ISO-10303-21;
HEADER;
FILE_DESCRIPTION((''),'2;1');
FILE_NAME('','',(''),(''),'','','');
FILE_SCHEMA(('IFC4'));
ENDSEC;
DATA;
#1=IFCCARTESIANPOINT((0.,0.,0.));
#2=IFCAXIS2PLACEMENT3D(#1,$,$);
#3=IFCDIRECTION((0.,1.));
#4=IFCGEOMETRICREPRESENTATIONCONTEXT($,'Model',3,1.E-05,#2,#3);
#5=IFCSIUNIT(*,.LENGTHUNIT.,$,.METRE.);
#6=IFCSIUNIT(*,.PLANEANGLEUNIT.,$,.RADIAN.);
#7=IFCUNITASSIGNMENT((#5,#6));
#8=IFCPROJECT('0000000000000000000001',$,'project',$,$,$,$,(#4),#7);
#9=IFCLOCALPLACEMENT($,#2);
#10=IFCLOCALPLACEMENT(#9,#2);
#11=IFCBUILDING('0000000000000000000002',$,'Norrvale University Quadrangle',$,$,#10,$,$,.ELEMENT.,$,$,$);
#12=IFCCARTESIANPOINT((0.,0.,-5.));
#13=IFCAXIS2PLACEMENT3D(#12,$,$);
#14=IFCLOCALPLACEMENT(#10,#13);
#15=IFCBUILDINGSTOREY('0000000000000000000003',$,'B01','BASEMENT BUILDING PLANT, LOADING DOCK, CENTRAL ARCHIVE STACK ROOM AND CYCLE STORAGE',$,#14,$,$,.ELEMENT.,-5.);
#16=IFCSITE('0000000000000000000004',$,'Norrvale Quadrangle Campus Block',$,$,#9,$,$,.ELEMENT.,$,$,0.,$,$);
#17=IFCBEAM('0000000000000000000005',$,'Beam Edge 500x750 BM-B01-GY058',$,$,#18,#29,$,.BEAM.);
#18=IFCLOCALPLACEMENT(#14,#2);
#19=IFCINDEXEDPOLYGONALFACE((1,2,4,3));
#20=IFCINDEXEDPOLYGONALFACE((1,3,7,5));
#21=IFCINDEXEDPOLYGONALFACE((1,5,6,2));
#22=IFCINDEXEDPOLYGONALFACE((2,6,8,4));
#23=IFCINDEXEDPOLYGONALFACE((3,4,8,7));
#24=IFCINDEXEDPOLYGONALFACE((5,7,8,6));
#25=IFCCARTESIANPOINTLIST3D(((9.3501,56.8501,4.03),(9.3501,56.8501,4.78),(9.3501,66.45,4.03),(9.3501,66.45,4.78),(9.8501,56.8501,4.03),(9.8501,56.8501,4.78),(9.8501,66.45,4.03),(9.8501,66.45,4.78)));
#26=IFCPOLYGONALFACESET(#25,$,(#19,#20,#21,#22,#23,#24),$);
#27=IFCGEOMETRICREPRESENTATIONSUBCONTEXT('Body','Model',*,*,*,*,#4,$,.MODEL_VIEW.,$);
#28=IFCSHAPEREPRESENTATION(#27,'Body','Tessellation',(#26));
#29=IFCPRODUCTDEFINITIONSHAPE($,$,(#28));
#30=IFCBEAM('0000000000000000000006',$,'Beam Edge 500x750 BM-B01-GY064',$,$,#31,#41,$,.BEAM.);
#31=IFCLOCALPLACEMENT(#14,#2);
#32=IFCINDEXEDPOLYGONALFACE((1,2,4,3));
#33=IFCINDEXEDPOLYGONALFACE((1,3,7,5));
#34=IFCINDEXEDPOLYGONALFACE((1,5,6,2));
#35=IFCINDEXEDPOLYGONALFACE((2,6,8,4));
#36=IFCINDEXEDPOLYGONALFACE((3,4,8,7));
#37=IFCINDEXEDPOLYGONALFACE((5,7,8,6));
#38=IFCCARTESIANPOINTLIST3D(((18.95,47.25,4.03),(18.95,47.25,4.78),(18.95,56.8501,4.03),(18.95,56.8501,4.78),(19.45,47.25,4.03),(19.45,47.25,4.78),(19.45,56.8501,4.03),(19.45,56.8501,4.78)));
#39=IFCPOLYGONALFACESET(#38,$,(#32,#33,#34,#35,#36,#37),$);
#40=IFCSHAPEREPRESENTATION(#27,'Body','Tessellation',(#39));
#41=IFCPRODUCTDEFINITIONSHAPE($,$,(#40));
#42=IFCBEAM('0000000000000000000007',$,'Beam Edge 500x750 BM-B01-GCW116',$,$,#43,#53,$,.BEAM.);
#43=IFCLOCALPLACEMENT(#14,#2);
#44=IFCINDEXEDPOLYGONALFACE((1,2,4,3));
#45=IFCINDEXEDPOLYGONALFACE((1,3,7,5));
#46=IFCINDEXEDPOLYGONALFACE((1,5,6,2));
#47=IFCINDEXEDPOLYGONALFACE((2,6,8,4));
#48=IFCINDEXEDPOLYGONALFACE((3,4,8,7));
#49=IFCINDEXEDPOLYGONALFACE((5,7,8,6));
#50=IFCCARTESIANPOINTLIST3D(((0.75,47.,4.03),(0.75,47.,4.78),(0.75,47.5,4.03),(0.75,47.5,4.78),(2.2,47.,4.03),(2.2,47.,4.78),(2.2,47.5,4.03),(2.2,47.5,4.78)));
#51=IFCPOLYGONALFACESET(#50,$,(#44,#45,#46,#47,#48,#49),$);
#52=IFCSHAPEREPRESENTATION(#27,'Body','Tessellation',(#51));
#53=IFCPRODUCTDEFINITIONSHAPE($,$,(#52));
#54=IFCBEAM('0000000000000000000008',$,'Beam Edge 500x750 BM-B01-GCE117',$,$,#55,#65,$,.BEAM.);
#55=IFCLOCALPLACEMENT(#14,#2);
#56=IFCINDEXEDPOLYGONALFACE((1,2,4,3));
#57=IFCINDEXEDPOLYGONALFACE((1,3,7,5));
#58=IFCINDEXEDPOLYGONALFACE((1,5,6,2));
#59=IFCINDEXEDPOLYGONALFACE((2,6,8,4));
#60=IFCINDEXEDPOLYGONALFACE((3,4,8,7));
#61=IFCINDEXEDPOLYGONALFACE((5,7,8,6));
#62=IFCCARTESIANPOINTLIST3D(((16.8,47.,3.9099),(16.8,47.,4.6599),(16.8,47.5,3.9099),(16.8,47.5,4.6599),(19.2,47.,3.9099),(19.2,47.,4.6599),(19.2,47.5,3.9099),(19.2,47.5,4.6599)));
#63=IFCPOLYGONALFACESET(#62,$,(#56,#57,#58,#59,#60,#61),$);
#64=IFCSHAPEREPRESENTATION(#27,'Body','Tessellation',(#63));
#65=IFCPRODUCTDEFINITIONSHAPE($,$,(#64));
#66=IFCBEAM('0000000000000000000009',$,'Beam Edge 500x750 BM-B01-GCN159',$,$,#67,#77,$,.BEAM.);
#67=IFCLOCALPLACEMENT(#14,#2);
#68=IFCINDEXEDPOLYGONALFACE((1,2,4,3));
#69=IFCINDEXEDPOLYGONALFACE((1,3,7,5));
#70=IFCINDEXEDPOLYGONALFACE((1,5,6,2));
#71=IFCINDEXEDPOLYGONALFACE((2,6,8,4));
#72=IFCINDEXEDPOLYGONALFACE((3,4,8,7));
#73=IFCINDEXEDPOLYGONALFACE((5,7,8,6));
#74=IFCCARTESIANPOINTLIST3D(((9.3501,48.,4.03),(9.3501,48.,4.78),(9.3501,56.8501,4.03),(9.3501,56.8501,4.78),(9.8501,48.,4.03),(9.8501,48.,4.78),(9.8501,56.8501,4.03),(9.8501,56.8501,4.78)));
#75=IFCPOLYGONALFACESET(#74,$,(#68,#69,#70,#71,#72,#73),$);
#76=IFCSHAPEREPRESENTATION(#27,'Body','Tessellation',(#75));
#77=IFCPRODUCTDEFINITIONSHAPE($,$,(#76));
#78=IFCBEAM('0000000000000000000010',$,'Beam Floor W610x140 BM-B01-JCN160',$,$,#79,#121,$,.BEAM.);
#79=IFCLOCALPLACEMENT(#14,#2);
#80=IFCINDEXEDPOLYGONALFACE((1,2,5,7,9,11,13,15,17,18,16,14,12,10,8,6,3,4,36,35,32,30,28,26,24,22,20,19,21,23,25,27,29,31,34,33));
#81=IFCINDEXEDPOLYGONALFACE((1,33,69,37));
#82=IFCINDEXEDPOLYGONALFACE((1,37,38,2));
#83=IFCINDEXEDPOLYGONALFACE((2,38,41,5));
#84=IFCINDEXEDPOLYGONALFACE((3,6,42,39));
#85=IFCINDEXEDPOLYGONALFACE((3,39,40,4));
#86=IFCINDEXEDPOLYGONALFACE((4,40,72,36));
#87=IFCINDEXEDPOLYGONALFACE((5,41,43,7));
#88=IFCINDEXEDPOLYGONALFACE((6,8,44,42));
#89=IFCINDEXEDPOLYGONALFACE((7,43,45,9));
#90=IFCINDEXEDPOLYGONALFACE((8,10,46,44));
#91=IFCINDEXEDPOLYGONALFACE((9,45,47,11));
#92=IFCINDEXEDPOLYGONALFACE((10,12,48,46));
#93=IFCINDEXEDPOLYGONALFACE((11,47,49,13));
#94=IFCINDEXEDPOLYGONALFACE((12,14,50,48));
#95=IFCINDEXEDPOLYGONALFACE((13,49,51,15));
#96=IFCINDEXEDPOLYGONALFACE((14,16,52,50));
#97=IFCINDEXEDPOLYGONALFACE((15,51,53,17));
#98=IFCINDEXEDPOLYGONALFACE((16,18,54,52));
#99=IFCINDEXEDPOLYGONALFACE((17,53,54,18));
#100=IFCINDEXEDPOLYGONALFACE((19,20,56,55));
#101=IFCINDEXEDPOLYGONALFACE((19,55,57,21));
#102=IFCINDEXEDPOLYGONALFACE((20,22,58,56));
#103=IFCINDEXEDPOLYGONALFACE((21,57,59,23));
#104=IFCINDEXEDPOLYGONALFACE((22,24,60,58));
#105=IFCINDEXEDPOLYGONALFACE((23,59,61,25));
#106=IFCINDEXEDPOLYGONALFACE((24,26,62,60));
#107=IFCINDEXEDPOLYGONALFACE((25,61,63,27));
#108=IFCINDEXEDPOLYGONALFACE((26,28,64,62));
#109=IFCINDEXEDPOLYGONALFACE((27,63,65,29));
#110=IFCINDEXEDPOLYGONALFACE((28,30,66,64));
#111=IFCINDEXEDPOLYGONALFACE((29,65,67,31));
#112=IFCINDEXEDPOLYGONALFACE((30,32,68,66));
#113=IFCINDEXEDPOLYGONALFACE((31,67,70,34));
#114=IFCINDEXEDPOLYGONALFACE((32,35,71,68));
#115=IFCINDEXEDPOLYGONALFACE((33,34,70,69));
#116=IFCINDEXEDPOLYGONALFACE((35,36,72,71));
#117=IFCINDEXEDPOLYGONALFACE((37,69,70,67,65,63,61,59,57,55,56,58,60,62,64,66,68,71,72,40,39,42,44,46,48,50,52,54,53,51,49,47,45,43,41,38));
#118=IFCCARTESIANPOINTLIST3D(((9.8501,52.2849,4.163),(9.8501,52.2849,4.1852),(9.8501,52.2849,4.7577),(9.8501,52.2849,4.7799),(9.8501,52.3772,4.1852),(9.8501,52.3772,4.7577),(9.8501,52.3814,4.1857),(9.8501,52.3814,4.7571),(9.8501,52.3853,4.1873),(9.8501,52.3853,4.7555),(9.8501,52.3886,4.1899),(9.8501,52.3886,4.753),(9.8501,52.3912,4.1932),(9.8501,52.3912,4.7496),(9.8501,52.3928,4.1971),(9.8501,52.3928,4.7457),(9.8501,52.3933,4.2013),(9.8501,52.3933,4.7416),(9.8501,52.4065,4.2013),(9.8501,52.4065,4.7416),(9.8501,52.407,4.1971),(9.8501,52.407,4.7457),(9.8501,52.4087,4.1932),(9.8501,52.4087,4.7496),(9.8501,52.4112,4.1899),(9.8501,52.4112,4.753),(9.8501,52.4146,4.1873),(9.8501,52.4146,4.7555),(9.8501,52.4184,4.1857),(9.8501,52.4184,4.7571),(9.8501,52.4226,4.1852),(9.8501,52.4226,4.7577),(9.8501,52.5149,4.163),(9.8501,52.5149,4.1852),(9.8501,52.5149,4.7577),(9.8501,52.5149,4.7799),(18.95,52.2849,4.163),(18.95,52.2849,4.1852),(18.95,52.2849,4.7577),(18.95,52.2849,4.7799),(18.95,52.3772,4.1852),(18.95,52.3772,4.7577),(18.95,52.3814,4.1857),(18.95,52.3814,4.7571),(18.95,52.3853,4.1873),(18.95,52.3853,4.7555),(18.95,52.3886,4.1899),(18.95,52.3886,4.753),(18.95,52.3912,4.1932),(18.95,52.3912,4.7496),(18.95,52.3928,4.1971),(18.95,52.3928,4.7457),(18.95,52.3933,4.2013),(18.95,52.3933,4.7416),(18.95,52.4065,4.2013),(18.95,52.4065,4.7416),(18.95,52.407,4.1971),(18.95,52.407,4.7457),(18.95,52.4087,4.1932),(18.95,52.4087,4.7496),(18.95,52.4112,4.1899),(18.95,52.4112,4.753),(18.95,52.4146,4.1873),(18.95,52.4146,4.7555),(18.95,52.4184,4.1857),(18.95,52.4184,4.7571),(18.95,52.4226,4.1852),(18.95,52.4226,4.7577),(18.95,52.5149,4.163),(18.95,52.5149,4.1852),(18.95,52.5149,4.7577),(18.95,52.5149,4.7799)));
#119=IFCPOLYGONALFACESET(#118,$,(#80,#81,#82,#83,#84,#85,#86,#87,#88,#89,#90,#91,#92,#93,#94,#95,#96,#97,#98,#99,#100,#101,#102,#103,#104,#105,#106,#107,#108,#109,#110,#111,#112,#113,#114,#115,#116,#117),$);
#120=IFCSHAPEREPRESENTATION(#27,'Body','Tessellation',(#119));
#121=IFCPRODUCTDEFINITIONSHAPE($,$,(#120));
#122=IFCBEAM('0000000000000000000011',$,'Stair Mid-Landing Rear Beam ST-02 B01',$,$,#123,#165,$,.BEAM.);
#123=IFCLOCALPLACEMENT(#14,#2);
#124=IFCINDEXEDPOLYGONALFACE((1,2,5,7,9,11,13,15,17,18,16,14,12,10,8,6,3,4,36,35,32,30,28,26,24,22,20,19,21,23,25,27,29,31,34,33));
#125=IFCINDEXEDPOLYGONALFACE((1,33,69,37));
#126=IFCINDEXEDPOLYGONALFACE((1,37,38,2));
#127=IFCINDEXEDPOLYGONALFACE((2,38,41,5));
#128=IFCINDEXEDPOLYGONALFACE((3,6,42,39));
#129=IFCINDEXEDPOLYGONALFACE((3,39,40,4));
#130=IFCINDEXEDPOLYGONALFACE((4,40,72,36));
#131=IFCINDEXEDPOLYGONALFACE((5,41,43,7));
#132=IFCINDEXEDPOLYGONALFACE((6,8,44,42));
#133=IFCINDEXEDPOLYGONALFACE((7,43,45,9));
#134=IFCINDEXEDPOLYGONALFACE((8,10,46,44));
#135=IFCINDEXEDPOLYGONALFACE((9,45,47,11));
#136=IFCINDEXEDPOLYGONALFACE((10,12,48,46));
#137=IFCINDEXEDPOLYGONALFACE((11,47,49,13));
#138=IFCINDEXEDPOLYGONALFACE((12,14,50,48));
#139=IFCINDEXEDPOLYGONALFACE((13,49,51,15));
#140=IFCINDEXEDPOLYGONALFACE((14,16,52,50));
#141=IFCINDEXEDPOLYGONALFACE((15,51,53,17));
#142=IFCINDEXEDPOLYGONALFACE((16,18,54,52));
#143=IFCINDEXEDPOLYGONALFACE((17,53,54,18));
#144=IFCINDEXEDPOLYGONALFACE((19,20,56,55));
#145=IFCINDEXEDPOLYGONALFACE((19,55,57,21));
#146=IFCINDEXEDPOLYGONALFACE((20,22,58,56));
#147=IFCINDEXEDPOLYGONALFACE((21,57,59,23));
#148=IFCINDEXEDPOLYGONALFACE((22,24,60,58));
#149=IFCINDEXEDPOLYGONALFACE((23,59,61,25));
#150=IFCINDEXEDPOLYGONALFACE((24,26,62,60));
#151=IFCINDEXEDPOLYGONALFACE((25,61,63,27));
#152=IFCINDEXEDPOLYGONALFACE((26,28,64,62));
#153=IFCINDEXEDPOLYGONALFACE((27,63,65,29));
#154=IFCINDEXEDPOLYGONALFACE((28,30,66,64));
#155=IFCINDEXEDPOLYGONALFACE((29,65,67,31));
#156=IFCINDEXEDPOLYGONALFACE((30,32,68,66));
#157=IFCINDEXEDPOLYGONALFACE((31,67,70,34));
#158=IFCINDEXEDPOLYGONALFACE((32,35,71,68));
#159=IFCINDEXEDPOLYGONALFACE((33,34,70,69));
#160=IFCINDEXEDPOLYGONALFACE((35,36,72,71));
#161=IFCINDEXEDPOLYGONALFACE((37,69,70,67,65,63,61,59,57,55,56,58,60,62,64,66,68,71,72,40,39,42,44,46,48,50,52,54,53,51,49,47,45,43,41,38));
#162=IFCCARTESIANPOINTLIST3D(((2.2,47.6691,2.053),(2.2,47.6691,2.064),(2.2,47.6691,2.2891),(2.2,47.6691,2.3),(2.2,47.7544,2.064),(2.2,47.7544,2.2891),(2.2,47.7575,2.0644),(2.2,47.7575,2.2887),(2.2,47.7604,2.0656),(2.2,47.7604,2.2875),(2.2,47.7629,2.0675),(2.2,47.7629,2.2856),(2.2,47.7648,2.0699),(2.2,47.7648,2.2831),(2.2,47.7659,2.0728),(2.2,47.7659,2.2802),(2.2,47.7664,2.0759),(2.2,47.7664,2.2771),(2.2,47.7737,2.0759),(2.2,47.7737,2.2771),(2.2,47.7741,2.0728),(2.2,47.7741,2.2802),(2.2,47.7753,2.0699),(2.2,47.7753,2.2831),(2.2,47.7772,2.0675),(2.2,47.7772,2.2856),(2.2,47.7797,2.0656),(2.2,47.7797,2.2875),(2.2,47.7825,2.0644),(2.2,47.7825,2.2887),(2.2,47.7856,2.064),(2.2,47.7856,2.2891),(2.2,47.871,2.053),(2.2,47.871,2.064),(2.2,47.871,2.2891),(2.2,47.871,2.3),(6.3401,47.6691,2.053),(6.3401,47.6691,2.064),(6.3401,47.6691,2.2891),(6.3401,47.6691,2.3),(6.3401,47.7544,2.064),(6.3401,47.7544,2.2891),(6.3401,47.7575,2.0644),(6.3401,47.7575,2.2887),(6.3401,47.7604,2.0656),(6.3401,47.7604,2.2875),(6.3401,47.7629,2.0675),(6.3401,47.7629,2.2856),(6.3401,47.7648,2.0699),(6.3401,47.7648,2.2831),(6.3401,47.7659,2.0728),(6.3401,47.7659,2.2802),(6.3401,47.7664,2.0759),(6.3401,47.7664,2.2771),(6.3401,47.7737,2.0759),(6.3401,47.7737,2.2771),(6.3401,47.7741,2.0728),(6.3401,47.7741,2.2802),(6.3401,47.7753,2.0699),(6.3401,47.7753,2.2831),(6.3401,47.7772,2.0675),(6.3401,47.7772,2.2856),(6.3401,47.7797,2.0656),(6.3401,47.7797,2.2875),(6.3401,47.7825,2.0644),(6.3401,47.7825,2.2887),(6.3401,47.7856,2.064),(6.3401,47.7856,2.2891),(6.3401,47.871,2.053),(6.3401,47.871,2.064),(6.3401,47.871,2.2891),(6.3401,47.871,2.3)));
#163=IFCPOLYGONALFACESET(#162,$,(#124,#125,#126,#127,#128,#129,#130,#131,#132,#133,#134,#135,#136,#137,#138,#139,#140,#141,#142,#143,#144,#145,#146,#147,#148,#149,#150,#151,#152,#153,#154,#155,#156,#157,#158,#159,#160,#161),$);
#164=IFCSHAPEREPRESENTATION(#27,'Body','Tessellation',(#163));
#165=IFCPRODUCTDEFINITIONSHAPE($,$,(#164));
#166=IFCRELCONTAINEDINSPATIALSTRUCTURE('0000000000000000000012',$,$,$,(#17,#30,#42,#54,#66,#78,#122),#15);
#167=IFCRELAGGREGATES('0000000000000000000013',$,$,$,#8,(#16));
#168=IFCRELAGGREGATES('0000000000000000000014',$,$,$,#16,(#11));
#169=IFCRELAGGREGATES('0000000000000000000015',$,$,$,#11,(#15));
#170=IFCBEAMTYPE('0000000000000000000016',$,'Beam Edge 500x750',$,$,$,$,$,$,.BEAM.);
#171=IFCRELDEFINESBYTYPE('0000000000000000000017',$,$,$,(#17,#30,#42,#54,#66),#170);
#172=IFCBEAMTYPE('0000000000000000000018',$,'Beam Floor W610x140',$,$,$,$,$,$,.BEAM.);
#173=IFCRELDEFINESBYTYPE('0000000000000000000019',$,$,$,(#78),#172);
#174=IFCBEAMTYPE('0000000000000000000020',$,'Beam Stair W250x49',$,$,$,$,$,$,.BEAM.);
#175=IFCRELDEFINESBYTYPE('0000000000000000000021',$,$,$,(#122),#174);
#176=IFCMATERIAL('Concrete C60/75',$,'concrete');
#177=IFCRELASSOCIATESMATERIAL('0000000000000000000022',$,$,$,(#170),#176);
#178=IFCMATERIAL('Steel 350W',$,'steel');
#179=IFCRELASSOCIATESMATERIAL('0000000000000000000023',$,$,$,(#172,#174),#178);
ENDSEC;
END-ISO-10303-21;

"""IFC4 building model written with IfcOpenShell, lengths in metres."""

from ifc_helpers import new_model, si_unit, direction, frame, origin, origin_2d, place, context, subcontext, project, spatial, rectangle, i_section, extrude, material, material_profile, profile_set, type_object, element, save


model = new_model("IFC4")

# Units and contexts
model_context = context("Model", 3, precision=1e-05, world=origin(), true_north=direction((0.0, 1.0)))
body_context = subcontext(model_context, "Body", "Model", "MODEL_VIEW")
ifc_project = project(units=[si_unit("LENGTHUNIT", "METRE"), si_unit("PLANEANGLEUNIT", "RADIAN")], contexts=[model_context])

# Site, building, storey
site_placement = place(None, origin())
site = spatial("IfcSite", under=ifc_project, at=site_placement, Name="Norrvale Quadrangle Campus Block", CompositionType="ELEMENT", RefElevation=0.0)
building_placement = place(site_placement, origin())
building = spatial("IfcBuilding", under=site, at=building_placement, Name="Norrvale University Quadrangle", CompositionType="ELEMENT")
storey_placement = place(building_placement, frame((0.0, 0.0, -5.0)))
storey = spatial("IfcBuildingStorey", under=building, at=storey_placement, Name="B01", Description="BASEMENT BUILDING PLANT, LOADING DOCK, CENTRAL ARCHIVE STACK ROOM AND CYCLE STORAGE", CompositionType="ELEMENT", Elevation=-5.0)

# Beams
ifc_material_1 = material(Name="Concrete C60/75", Category="concrete")
ifc_material_profile_1 = material_profile(ifc_material_1, rectangle(XDim=0.5, YDim=0.75, at=origin_2d()), Name="Concrete C60/75")
ifc_profile_set_1 = profile_set([ifc_material_profile_1], Name="Concrete C60/75")
beam_type_1 = type_object("IfcBeamType", Name="Beam Edge 500x750", PredefinedType="BEAM", material=ifc_profile_set_1)
for number, where, z_axis, x_axis, name in (
    (1, (9.6001, 56.8501, 4.405), (0.0, 1.0, 0.0), (-1.0, 0.0, 0.0), "Beam Edge 500x750 BM-B01-GY058"),
):
    element("IfcBeam", number, at=place(storey_placement, frame(where, z_axis=z_axis, x_axis=x_axis)), inside=storey, type_object=beam_type_1, Name=name, PredefinedType="BEAM", context=body_context, shape_type="SweptSolid", body=[
        extrude(rectangle(XDim=0.5, YDim=0.75, at=origin_2d()), origin(), (0.0, 0.0, 1.0), 9.5999),
    ])
beam_1_placement = place(storey_placement, frame((19.2, 47.25, 4.405), z_axis=(0.0, 1.0, 0.0), x_axis=(-1.0, 0.0, 0.0)))
element("IfcBeam", 2, at=beam_1_placement, inside=storey, type_object=beam_type_1, Name="Beam Edge 500x750 BM-B01-GY064", PredefinedType="BEAM", context=body_context, shape_type="SweptSolid", body=[
    extrude(rectangle(XDim=0.5, YDim=0.75, at=origin_2d()), origin(), (0.0, 0.0, 1.0), 9.6001),
])
beam_2_placement = place(storey_placement, frame((0.75, 47.25, 4.405), z_axis=(1.0, 0.0, 0.0), x_axis=(0.0, 1.0, 0.0)))
element("IfcBeam", 3, at=beam_2_placement, inside=storey, type_object=beam_type_1, Name="Beam Edge 500x750 BM-B01-GCW116", PredefinedType="BEAM", context=body_context, shape_type="SweptSolid", body=[
    extrude(rectangle(XDim=0.5, YDim=0.75, at=origin_2d()), origin(), (0.0, 0.0, 1.0), 1.45),
])
beam_3_placement = place(storey_placement, frame((16.8, 47.25, 4.2849), z_axis=(1.0, 0.0, 0.0), x_axis=(0.0, 1.0, 0.0)))
element("IfcBeam", 4, at=beam_3_placement, inside=storey, type_object=beam_type_1, Name="Beam Edge 500x750 BM-B01-GCE117", PredefinedType="BEAM", context=body_context, shape_type="SweptSolid", body=[
    extrude(rectangle(XDim=0.5, YDim=0.75, at=origin_2d()), origin(), (0.0, 0.0, 1.0), 2.3999),
])
beam_4_placement = place(storey_placement, frame((9.6001, 48.0, 4.405), z_axis=(0.0, 1.0, 0.0), x_axis=(-1.0, 0.0, 0.0)))
element("IfcBeam", 5, at=beam_4_placement, inside=storey, type_object=beam_type_1, Name="Beam Edge 500x750 BM-B01-GCN159", PredefinedType="BEAM", context=body_context, shape_type="SweptSolid", body=[
    extrude(rectangle(XDim=0.5, YDim=0.75, at=origin_2d()), origin(), (0.0, 0.0, 1.0), 8.8501),
])
ifc_material_2 = material(Name="Steel 350W", Category="steel")
ifc_material_profile_2 = material_profile(ifc_material_2, i_section(OverallWidth=0.23, OverallDepth=0.6169, WebThickness=0.0132, FlangeThickness=0.0222, FilletRadius=0.0161, at=origin_2d()), Name="Steel 350W")
ifc_profile_set_2 = profile_set([ifc_material_profile_2], Name="Steel 350W")
beam_type_2 = type_object("IfcBeamType", Name="Beam Floor W610x140", PredefinedType="BEAM", material=ifc_profile_set_2)
beam_5_placement = place(storey_placement, frame((9.8501, 52.3999, 4.4714), z_axis=(1.0, 0.0, 0.0), x_axis=(0.0, 1.0, 0.0)))
element("IfcBeam", 6, at=beam_5_placement, inside=storey, type_object=beam_type_2, Name="Beam Floor W610x140 BM-B01-JCN160", PredefinedType="BEAM", context=body_context, shape_type="SweptSolid", body=[
    extrude(i_section(OverallWidth=0.23, OverallDepth=0.6169, WebThickness=0.0132, FlangeThickness=0.0222, FilletRadius=0.0161, at=origin_2d()), origin(), (0.0, 0.0, 1.0), 9.0999),
])
ifc_material_profile_3 = material_profile(ifc_material_2, i_section(OverallWidth=0.2019, OverallDepth=0.2471, WebThickness=0.0073, FlangeThickness=0.011, FilletRadius=0.012, at=origin_2d()), Name="Steel 350W")
ifc_profile_set_3 = profile_set([ifc_material_profile_3], Name="Steel 350W")
beam_type_3 = type_object("IfcBeamType", Name="Beam Stair W250x49", PredefinedType="BEAM", material=ifc_profile_set_3)
beam_6_placement = place(storey_placement, frame((2.2, 47.77, 2.1765), z_axis=(1.0, 0.0, 0.0), x_axis=(0.0, 1.0, 0.0)))
element("IfcBeam", 7, at=beam_6_placement, inside=storey, type_object=beam_type_3, Name="Stair Mid-Landing Rear Beam ST-02 B01", PredefinedType="BEAM", context=body_context, shape_type="SweptSolid", body=[
    extrude(i_section(OverallWidth=0.2019, OverallDepth=0.2471, WebThickness=0.0073, FlangeThickness=0.011, FilletRadius=0.012, at=origin_2d()), origin(), (0.0, 0.0, 1.0), 4.1401),
])

save(model, "model.ifc")
